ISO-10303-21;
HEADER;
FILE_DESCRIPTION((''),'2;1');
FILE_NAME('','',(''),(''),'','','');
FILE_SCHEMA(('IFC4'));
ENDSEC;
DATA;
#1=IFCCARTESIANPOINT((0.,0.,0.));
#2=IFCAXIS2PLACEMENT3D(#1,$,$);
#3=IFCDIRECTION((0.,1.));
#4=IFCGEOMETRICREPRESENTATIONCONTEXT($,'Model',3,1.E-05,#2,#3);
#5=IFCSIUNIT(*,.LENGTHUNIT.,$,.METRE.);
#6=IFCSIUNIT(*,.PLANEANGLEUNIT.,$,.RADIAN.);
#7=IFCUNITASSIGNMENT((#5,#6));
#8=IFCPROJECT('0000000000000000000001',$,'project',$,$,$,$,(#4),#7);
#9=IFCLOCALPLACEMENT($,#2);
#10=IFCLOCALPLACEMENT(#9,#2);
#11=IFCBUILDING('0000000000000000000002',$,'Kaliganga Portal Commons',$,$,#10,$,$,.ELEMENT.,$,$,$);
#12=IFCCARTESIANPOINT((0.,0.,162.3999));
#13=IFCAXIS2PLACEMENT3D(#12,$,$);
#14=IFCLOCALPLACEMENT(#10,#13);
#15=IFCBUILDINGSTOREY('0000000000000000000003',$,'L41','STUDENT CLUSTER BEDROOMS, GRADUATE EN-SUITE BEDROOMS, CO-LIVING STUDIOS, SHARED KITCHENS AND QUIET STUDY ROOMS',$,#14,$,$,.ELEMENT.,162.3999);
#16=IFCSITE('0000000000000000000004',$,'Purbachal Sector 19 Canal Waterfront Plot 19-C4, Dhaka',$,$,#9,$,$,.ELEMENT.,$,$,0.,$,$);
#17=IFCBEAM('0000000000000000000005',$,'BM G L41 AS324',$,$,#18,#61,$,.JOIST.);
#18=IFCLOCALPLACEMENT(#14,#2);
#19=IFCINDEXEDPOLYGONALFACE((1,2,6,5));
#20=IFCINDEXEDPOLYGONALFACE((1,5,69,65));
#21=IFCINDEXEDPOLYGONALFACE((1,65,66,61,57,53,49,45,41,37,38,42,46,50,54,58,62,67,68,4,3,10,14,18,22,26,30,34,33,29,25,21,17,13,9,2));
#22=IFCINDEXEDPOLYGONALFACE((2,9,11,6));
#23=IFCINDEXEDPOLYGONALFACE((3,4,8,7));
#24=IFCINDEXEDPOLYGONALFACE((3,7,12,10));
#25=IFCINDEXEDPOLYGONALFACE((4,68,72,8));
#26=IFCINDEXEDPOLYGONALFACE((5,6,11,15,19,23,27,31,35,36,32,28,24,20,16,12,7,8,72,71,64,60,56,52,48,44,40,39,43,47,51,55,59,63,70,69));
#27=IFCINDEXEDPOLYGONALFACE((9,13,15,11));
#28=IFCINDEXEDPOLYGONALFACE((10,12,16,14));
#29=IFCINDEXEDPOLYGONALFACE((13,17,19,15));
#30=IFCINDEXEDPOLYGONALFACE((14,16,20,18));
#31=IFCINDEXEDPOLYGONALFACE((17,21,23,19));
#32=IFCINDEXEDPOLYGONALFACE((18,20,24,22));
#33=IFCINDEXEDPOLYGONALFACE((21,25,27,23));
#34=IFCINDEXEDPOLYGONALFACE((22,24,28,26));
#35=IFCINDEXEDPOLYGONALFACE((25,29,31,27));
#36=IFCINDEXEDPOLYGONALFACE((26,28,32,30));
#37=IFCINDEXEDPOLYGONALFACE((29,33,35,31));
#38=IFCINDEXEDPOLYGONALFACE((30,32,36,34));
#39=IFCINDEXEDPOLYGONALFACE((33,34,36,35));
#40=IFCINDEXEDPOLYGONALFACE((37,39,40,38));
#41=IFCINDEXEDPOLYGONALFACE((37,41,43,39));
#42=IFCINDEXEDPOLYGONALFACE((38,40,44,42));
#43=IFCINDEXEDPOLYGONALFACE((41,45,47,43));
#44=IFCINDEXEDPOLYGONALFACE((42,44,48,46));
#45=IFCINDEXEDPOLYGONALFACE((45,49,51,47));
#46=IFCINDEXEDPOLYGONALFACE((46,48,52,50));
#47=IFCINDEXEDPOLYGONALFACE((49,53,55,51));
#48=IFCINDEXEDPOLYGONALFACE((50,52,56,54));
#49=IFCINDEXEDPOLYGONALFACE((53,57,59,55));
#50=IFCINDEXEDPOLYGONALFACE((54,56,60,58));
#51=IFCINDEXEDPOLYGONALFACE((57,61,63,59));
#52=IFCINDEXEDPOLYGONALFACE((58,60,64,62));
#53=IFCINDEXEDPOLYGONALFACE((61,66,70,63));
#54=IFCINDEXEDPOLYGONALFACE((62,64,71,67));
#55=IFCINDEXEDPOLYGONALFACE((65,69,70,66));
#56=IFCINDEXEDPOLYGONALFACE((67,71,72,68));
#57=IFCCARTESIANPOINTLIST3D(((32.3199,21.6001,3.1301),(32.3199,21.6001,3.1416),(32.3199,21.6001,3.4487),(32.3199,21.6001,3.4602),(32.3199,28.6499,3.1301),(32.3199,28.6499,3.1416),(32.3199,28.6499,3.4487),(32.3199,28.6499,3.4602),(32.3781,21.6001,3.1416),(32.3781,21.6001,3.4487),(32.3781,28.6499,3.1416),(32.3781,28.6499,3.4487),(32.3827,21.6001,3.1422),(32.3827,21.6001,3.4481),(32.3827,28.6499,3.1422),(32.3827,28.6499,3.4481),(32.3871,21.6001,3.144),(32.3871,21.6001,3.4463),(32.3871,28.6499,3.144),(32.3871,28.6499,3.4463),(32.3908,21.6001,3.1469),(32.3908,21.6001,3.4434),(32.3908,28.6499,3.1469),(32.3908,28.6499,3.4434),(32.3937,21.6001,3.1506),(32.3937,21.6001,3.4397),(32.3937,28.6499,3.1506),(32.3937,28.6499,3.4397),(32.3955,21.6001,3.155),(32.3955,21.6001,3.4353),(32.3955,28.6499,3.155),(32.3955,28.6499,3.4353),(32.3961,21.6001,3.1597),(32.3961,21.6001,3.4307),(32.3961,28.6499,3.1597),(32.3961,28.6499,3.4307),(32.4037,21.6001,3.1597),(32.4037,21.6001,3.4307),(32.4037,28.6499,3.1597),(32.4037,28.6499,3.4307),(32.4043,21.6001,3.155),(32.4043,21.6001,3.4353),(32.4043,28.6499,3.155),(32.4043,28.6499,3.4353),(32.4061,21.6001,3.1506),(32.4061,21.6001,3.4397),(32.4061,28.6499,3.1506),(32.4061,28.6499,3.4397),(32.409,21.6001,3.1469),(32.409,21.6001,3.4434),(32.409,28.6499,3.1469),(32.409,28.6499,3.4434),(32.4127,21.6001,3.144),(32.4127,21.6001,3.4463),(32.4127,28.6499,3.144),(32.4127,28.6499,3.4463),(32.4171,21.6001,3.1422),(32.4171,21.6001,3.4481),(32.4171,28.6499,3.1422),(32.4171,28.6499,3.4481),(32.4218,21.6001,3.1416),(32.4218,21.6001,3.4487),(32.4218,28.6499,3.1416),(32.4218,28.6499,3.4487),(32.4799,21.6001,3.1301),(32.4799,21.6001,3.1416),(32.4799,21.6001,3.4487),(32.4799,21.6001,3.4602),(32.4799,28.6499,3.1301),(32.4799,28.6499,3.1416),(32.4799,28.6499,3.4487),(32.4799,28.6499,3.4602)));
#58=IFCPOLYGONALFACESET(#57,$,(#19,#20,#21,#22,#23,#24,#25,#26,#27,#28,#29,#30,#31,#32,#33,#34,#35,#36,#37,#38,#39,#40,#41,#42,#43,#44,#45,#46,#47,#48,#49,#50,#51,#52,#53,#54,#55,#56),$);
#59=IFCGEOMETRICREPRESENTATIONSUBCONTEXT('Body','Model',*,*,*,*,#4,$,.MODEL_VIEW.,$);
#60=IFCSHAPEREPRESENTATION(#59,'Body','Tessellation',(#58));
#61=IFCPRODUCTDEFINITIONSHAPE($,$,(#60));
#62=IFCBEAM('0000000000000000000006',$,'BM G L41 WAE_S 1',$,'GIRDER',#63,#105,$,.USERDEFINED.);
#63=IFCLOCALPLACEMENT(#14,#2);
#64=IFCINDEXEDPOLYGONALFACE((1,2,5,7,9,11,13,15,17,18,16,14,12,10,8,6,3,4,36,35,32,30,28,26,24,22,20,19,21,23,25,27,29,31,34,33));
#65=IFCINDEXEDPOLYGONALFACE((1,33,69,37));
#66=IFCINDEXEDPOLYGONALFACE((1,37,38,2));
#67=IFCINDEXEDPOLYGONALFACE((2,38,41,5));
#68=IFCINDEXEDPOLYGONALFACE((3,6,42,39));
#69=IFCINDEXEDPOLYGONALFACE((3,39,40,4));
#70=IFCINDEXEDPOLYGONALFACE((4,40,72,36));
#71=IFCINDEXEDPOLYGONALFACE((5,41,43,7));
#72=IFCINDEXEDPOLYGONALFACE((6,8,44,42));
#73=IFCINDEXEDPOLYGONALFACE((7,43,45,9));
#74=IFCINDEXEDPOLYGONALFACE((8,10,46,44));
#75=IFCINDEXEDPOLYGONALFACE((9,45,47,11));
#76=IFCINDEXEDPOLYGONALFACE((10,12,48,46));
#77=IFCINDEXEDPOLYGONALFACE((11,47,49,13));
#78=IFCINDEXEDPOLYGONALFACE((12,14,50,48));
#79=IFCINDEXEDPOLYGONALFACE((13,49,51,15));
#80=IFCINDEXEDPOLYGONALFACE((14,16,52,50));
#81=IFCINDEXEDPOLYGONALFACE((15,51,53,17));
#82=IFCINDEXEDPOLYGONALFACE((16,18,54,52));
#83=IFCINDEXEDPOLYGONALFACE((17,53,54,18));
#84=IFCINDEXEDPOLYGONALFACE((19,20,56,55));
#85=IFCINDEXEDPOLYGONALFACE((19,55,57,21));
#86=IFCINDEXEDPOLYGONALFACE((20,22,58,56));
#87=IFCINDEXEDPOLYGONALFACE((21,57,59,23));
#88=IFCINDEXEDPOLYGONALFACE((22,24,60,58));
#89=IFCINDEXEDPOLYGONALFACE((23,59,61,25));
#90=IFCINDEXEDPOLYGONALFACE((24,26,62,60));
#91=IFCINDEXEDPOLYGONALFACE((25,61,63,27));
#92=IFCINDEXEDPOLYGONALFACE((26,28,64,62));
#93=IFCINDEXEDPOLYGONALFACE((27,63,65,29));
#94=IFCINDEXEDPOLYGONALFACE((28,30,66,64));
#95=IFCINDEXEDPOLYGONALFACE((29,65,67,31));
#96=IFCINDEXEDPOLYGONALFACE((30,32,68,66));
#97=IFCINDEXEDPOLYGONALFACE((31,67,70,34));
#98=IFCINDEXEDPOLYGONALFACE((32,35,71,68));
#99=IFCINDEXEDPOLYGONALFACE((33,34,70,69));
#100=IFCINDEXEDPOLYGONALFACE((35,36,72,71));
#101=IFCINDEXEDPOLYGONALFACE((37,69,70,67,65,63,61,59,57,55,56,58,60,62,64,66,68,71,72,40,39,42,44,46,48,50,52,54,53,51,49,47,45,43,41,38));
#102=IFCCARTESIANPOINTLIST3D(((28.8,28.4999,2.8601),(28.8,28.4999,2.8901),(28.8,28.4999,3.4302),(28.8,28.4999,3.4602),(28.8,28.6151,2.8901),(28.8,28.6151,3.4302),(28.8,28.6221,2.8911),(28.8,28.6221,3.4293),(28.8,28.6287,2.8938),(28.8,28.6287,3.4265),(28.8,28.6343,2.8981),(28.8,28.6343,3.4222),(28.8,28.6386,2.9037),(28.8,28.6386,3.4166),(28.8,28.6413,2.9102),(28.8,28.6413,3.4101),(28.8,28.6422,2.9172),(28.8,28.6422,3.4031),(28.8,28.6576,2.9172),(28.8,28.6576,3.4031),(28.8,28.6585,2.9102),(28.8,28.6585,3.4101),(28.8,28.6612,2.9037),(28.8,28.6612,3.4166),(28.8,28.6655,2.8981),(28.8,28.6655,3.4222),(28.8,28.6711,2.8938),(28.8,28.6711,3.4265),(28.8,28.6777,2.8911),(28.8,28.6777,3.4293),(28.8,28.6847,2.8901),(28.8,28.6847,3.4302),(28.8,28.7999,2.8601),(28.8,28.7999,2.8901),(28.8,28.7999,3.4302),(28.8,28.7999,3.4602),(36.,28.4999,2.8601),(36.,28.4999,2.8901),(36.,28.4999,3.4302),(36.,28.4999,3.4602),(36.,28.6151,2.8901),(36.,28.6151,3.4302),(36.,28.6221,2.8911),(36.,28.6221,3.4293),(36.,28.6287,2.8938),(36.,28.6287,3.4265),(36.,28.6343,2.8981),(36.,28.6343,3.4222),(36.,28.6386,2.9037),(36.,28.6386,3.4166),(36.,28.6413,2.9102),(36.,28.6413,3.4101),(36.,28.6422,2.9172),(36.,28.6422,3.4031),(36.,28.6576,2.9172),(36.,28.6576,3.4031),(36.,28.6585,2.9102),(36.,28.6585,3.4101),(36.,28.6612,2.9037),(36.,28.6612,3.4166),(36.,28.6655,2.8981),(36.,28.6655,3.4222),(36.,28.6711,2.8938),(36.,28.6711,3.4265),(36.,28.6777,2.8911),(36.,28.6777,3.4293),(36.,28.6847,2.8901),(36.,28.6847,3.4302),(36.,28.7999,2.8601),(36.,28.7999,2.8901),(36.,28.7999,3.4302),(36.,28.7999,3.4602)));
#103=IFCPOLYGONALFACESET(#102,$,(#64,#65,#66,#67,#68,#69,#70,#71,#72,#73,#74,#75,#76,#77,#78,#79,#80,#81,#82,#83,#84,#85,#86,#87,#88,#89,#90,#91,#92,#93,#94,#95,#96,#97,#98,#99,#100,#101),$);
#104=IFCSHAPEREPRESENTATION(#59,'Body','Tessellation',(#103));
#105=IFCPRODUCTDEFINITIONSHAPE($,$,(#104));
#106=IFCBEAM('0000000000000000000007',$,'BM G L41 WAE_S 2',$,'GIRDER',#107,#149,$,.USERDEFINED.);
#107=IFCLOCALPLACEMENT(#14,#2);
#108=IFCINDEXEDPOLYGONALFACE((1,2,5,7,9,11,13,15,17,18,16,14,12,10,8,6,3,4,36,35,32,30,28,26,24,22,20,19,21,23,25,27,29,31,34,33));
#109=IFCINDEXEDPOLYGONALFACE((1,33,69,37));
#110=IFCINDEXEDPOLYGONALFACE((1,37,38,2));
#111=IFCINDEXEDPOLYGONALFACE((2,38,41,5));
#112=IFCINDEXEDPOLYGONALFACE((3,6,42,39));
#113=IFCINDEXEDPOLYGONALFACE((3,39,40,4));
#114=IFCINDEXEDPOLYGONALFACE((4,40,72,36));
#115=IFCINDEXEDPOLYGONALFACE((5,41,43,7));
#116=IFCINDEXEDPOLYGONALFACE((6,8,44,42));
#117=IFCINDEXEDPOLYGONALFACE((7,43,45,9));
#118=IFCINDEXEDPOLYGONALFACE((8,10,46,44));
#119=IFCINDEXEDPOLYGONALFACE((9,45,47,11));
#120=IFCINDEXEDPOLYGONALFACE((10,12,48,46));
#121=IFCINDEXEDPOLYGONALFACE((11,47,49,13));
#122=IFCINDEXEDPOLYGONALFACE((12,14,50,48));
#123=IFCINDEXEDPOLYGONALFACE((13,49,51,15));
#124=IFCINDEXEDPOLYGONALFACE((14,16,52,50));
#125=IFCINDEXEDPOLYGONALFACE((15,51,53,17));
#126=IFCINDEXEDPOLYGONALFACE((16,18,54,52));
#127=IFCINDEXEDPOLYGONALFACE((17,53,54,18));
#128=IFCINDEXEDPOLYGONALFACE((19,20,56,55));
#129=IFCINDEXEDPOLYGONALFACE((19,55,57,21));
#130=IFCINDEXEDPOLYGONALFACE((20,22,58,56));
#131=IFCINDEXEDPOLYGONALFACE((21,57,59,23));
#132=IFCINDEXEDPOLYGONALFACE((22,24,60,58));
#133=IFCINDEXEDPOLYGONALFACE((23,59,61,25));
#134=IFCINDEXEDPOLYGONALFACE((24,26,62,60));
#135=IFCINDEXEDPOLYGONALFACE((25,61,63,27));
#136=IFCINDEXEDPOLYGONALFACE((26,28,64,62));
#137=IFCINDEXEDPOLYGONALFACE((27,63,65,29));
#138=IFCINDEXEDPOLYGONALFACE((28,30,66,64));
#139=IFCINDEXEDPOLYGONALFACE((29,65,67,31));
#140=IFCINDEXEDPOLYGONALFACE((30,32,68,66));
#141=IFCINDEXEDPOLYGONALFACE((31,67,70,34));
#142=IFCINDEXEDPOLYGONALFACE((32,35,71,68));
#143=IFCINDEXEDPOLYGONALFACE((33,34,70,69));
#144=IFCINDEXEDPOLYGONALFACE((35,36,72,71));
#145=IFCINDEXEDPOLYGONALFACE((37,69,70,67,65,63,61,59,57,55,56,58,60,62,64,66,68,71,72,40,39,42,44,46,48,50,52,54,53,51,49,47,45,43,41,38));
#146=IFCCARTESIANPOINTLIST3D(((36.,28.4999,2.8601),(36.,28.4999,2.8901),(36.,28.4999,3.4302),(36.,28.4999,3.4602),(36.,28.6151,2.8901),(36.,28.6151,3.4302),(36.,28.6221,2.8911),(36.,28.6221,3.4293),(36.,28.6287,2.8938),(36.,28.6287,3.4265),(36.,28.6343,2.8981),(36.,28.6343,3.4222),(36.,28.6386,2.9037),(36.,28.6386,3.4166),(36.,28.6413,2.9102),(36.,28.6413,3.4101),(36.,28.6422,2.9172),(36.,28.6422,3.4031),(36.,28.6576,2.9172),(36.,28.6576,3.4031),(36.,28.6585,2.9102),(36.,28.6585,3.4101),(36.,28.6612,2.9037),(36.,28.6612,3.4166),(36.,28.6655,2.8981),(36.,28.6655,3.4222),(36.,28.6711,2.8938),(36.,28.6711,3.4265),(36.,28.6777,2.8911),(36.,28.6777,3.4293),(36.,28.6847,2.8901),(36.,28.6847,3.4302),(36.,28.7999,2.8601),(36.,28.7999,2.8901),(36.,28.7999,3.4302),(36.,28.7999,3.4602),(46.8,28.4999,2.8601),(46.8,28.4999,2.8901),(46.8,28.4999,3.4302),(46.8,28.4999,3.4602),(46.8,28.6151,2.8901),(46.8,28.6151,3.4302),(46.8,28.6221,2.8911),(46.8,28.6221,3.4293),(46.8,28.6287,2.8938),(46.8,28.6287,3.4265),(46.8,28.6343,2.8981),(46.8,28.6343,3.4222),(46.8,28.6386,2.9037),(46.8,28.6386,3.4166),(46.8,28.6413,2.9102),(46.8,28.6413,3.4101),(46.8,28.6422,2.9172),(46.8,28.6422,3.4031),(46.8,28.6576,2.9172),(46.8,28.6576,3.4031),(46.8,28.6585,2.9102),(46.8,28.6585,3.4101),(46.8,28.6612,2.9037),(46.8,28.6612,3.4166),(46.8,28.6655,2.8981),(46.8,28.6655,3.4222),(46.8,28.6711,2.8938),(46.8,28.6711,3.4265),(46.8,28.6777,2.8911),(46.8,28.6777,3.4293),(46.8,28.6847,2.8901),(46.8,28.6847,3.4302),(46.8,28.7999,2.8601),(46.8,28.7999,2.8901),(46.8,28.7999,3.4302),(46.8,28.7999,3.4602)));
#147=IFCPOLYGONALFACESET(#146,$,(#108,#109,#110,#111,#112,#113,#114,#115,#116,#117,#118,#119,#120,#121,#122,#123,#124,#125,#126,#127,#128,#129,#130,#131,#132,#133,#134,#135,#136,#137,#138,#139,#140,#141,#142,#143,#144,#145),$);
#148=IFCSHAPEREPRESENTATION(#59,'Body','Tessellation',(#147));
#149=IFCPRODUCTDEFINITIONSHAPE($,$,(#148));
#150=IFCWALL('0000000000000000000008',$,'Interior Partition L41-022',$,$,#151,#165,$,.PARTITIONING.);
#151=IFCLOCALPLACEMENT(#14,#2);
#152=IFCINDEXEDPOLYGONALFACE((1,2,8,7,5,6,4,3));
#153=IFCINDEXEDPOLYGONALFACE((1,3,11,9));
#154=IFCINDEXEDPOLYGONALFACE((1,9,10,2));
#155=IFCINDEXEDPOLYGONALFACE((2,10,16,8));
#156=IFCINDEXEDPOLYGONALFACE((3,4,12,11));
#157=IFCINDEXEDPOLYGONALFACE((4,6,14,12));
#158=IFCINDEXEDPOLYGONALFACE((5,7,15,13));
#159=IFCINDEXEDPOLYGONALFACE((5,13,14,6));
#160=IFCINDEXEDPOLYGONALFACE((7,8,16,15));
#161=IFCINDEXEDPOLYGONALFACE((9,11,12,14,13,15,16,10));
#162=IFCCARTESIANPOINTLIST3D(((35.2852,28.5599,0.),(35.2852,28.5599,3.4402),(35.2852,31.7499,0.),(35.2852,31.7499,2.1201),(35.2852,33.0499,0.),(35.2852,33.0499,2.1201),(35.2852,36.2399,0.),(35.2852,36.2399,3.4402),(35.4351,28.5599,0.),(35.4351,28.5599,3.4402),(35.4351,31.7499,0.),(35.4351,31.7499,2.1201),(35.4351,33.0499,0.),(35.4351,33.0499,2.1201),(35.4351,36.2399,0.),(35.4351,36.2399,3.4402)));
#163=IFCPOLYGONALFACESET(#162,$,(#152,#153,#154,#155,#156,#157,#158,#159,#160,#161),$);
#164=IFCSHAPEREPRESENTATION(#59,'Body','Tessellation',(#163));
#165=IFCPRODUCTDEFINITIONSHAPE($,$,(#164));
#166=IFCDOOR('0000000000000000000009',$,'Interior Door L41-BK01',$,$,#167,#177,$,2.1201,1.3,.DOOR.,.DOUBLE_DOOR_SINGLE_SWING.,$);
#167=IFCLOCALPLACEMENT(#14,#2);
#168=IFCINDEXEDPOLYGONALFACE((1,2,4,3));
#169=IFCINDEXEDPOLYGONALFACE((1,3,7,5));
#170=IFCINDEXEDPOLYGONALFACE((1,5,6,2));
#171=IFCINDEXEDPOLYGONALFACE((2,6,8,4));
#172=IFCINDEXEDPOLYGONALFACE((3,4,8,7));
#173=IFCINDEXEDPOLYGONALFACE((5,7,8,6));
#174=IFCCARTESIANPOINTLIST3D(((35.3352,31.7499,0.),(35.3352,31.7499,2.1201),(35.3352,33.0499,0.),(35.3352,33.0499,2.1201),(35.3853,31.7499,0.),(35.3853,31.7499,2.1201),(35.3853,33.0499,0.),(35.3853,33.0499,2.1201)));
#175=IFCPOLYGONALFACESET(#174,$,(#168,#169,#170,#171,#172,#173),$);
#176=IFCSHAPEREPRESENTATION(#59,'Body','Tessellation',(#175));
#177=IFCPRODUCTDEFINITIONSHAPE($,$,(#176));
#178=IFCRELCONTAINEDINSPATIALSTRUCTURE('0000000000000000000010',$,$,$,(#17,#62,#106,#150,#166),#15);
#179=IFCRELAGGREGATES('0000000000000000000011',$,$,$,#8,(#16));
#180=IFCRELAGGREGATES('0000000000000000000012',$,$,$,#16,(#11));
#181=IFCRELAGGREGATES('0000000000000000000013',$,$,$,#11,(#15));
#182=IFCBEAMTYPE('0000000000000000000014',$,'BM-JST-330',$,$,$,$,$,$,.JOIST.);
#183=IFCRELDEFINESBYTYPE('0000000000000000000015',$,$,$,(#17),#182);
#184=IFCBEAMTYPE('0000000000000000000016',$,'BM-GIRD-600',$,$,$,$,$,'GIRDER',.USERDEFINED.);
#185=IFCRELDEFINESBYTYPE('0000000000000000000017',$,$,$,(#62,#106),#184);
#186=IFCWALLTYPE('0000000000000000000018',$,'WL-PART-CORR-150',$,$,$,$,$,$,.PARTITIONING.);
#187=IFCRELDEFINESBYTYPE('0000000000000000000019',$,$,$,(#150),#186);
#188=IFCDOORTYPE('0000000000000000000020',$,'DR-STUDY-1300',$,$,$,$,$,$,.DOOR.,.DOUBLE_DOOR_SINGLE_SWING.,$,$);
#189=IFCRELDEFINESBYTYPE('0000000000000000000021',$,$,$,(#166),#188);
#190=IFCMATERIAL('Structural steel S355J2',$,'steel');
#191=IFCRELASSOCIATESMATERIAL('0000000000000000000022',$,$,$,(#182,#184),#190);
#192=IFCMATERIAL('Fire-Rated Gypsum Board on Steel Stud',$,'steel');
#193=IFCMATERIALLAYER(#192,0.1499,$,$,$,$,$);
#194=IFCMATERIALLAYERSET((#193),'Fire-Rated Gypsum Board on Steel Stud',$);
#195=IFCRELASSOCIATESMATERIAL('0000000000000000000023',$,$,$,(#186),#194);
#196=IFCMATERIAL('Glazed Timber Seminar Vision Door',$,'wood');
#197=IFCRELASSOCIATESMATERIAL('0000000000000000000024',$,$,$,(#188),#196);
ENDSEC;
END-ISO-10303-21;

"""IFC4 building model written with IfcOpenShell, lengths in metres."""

from ifc_helpers import new_model, si_unit, direction, frame, frame_2d, origin, origin_2d, place, context, subcontext, project, spatial, rectangle, i_section, extrude, source, transform, mapped, material, layer, layer_set, material_profile, profile_set, type_object, element, fill, save


model = new_model("IFC4")

# Units and contexts
model_context = context("Model", 3, precision=1e-05, world=origin(), true_north=direction((0.0, 1.0)))
body_context = subcontext(model_context, "Body", "Model", "MODEL_VIEW")
ifc_project = project(units=[si_unit("LENGTHUNIT", "METRE"), si_unit("PLANEANGLEUNIT", "RADIAN")], contexts=[model_context])

# Site, building, storey
site_placement = place(None, origin())
site = spatial("IfcSite", under=ifc_project, at=site_placement, Name="Purbachal Sector 19 Canal Waterfront Plot 19-C4, Dhaka", CompositionType="ELEMENT", RefElevation=0.0)
building_placement = place(site_placement, origin())
building = spatial("IfcBuilding", under=site, at=building_placement, Name="Kaliganga Portal Commons", CompositionType="ELEMENT")
storey_placement = place(building_placement, frame((0.0, 0.0, 162.3999)))
storey = spatial("IfcBuildingStorey", under=building, at=storey_placement, Name="L41", Description="STUDENT CLUSTER BEDROOMS, GRADUATE EN-SUITE BEDROOMS, CO-LIVING STUDIOS, SHARED KITCHENS AND QUIET STUDY ROOMS", CompositionType="ELEMENT", Elevation=162.3999)

# Beams
ifc_material_1 = material(Name="Structural steel S355J2", Category="steel")
ifc_material_profile_1 = material_profile(ifc_material_1, i_section(OverallWidth=0.1599, OverallDepth=0.3301, WebThickness=0.0076, FlangeThickness=0.0115, FilletRadius=0.0181, at=origin_2d()), Name="IPE 330")
ifc_profile_set_1 = profile_set([ifc_material_profile_1], Name="Structural steel S355J2 wide-flange")
beam_type_1 = type_object("IfcBeamType", Name="BM-JST-330", PredefinedType="JOIST", material=ifc_profile_set_1)
shared_shape_1 = source(origin(), body_context, "Body", "SweptSolid", [
    extrude(i_section(OverallWidth=0.1599, OverallDepth=0.3301, WebThickness=0.0076, FlangeThickness=0.0115, FilletRadius=0.0181, at=origin_2d()), origin(), (0.0, 0.0, 1.0), 7.0498),
])
beam_1_placement = place(storey_placement, frame((32.3999, 21.6001, 3.2952), z_axis=(0.0, 1.0, 0.0), x_axis=(-1.0, 0.0, 0.0)))
element("IfcBeam", 1, at=beam_1_placement, inside=storey, type_object=beam_type_1, Name="BM G L41 AS324", PredefinedType="JOIST", context=body_context, shape_type="MappedRepresentation", body=[
    mapped(shared_shape_1, transform((0.0, 0.0, 0.0), x_axis=(1.0, 0.0, 0.0), y_axis=(0.0, 1.0, 0.0), z_axis=(0.0, 0.0, 1.0), scale=1.0)),
])
ifc_material_profile_2 = material_profile(ifc_material_1, i_section(OverallWidth=0.3, OverallDepth=0.6001, WebThickness=0.0154, FlangeThickness=0.03, FilletRadius=0.0271, at=origin_2d()), Name="HE 600 B")
ifc_profile_set_2 = profile_set([ifc_material_profile_2], Name="Structural steel S355J2 wide-flange")
beam_type_2 = type_object("IfcBeamType", Name="BM-GIRD-600", ElementType="GIRDER", PredefinedType="USERDEFINED", material=ifc_profile_set_2)
shared_shape_2 = source(origin(), body_context, "Body", "SweptSolid", [
    extrude(i_section(OverallWidth=0.3, OverallDepth=0.6001, WebThickness=0.0154, FlangeThickness=0.03, FilletRadius=0.0271, at=origin_2d()), origin(), (0.0, 0.0, 1.0), 7.2),
])
beam_2_placement = place(storey_placement, frame((28.8, 28.6499, 3.1602), z_axis=(1.0, 0.0, 0.0), x_axis=(0.0, 1.0, 0.0)))
element("IfcBeam", 2, at=beam_2_placement, inside=storey, type_object=beam_type_2, Name="BM G L41 WAE_S 1", ObjectType="GIRDER", PredefinedType="USERDEFINED", context=body_context, shape_type="MappedRepresentation", body=[
    mapped(shared_shape_2, transform((0.0, 0.0, 0.0), x_axis=(1.0, 0.0, 0.0), y_axis=(0.0, 1.0, 0.0), z_axis=(0.0, 0.0, 1.0), scale=1.0)),
])
shared_shape_3 = source(origin(), body_context, "Body", "SweptSolid", [
    extrude(i_section(OverallWidth=0.3, OverallDepth=0.6001, WebThickness=0.0154, FlangeThickness=0.03, FilletRadius=0.0271, at=origin_2d()), origin(), (0.0, 0.0, 1.0), 10.8),
])
beam_3_placement = place(storey_placement, frame((36.0, 28.6499, 3.1602), z_axis=(1.0, 0.0, 0.0), x_axis=(0.0, 1.0, 0.0)))
element("IfcBeam", 3, at=beam_3_placement, inside=storey, type_object=beam_type_2, Name="BM G L41 WAE_S 2", ObjectType="GIRDER", PredefinedType="USERDEFINED", context=body_context, shape_type="MappedRepresentation", body=[
    mapped(shared_shape_3, transform((0.0, 0.0, 0.0), x_axis=(1.0, 0.0, 0.0), y_axis=(0.0, 1.0, 0.0), z_axis=(0.0, 0.0, 1.0), scale=1.0)),
])

# Wall, opening, door
ifc_material_2 = material(Name="Fire-Rated Gypsum Board on Steel Stud", Category="steel")
ifc_layer_1 = layer(ifc_material_2, 0.1499)
ifc_layer_set_1 = layer_set([ifc_layer_1], Name="Fire-Rated Gypsum Board on Steel Stud")
wall_type_1 = type_object("IfcWallType", Name="WL-PART-CORR-150", PredefinedType="PARTITIONING", material=ifc_layer_set_1)
wall_1_placement = place(storey_placement, frame((35.3601, 28.5601, 0.0), z_axis=(0.0, 0.0, 1.0), x_axis=(0.0, 1.0, 0.0)))
wall_1 = element("IfcWall", 4, at=wall_1_placement, inside=storey, type_object=wall_type_1, Name="Interior Partition L41-022", PredefinedType="PARTITIONING", context=body_context, shape_type="SweptSolid", body=[
    extrude(rectangle(XDim=7.6799, YDim=0.1499, at=frame_2d((3.8398, 0.0))), origin(), (0.0, 0.0, 1.0), 3.4402),
])
opening_1_placement = place(wall_1_placement, frame((3.1899, 0.0, 0.0)))
opening_1 = element("IfcOpeningElement", 5, at=opening_1_placement, cuts=wall_1, PredefinedType="OPENING", context=body_context, shape_type="SweptSolid", body=[
    extrude(rectangle(XDim=1.3, YDim=2.1201, at=frame_2d((0.6499, 1.0601))), frame((0.0, 0.085, 0.0), z_axis=(0.0, -1.0, 0.0), x_axis=(1.0, 0.0, 0.0)), (0.0, 0.0, 1.0), 0.1699),
])
ifc_material_3 = material(Name="Glazed Timber Seminar Vision Door", Category="wood")
door_type_1 = type_object("IfcDoorType", Name="DR-STUDY-1300", OperationType="DOUBLE_DOOR_SINGLE_SWING", PredefinedType="DOOR", material=ifc_material_3)
door_1_placement = place(opening_1_placement, origin())
door_1 = element("IfcDoor", 6, at=door_1_placement, inside=storey, type_object=door_type_1, Name="Interior Door L41-BK01", OperationType="DOUBLE_DOOR_SINGLE_SWING", OverallHeight=2.1201, OverallWidth=1.3, PredefinedType="DOOR", context=body_context, shape_type="SweptSolid", body=[
    extrude(rectangle(XDim=1.3, YDim=2.1201, at=frame_2d((0.6499, 1.0601))), frame((0.0, 0.0249, 0.0), z_axis=(0.0, -1.0, 0.0), x_axis=(1.0, 0.0, 0.0)), (0.0, 0.0, 1.0), 0.05),
])
fill(opening_1, door_1)

save(model, "model.ifc")
